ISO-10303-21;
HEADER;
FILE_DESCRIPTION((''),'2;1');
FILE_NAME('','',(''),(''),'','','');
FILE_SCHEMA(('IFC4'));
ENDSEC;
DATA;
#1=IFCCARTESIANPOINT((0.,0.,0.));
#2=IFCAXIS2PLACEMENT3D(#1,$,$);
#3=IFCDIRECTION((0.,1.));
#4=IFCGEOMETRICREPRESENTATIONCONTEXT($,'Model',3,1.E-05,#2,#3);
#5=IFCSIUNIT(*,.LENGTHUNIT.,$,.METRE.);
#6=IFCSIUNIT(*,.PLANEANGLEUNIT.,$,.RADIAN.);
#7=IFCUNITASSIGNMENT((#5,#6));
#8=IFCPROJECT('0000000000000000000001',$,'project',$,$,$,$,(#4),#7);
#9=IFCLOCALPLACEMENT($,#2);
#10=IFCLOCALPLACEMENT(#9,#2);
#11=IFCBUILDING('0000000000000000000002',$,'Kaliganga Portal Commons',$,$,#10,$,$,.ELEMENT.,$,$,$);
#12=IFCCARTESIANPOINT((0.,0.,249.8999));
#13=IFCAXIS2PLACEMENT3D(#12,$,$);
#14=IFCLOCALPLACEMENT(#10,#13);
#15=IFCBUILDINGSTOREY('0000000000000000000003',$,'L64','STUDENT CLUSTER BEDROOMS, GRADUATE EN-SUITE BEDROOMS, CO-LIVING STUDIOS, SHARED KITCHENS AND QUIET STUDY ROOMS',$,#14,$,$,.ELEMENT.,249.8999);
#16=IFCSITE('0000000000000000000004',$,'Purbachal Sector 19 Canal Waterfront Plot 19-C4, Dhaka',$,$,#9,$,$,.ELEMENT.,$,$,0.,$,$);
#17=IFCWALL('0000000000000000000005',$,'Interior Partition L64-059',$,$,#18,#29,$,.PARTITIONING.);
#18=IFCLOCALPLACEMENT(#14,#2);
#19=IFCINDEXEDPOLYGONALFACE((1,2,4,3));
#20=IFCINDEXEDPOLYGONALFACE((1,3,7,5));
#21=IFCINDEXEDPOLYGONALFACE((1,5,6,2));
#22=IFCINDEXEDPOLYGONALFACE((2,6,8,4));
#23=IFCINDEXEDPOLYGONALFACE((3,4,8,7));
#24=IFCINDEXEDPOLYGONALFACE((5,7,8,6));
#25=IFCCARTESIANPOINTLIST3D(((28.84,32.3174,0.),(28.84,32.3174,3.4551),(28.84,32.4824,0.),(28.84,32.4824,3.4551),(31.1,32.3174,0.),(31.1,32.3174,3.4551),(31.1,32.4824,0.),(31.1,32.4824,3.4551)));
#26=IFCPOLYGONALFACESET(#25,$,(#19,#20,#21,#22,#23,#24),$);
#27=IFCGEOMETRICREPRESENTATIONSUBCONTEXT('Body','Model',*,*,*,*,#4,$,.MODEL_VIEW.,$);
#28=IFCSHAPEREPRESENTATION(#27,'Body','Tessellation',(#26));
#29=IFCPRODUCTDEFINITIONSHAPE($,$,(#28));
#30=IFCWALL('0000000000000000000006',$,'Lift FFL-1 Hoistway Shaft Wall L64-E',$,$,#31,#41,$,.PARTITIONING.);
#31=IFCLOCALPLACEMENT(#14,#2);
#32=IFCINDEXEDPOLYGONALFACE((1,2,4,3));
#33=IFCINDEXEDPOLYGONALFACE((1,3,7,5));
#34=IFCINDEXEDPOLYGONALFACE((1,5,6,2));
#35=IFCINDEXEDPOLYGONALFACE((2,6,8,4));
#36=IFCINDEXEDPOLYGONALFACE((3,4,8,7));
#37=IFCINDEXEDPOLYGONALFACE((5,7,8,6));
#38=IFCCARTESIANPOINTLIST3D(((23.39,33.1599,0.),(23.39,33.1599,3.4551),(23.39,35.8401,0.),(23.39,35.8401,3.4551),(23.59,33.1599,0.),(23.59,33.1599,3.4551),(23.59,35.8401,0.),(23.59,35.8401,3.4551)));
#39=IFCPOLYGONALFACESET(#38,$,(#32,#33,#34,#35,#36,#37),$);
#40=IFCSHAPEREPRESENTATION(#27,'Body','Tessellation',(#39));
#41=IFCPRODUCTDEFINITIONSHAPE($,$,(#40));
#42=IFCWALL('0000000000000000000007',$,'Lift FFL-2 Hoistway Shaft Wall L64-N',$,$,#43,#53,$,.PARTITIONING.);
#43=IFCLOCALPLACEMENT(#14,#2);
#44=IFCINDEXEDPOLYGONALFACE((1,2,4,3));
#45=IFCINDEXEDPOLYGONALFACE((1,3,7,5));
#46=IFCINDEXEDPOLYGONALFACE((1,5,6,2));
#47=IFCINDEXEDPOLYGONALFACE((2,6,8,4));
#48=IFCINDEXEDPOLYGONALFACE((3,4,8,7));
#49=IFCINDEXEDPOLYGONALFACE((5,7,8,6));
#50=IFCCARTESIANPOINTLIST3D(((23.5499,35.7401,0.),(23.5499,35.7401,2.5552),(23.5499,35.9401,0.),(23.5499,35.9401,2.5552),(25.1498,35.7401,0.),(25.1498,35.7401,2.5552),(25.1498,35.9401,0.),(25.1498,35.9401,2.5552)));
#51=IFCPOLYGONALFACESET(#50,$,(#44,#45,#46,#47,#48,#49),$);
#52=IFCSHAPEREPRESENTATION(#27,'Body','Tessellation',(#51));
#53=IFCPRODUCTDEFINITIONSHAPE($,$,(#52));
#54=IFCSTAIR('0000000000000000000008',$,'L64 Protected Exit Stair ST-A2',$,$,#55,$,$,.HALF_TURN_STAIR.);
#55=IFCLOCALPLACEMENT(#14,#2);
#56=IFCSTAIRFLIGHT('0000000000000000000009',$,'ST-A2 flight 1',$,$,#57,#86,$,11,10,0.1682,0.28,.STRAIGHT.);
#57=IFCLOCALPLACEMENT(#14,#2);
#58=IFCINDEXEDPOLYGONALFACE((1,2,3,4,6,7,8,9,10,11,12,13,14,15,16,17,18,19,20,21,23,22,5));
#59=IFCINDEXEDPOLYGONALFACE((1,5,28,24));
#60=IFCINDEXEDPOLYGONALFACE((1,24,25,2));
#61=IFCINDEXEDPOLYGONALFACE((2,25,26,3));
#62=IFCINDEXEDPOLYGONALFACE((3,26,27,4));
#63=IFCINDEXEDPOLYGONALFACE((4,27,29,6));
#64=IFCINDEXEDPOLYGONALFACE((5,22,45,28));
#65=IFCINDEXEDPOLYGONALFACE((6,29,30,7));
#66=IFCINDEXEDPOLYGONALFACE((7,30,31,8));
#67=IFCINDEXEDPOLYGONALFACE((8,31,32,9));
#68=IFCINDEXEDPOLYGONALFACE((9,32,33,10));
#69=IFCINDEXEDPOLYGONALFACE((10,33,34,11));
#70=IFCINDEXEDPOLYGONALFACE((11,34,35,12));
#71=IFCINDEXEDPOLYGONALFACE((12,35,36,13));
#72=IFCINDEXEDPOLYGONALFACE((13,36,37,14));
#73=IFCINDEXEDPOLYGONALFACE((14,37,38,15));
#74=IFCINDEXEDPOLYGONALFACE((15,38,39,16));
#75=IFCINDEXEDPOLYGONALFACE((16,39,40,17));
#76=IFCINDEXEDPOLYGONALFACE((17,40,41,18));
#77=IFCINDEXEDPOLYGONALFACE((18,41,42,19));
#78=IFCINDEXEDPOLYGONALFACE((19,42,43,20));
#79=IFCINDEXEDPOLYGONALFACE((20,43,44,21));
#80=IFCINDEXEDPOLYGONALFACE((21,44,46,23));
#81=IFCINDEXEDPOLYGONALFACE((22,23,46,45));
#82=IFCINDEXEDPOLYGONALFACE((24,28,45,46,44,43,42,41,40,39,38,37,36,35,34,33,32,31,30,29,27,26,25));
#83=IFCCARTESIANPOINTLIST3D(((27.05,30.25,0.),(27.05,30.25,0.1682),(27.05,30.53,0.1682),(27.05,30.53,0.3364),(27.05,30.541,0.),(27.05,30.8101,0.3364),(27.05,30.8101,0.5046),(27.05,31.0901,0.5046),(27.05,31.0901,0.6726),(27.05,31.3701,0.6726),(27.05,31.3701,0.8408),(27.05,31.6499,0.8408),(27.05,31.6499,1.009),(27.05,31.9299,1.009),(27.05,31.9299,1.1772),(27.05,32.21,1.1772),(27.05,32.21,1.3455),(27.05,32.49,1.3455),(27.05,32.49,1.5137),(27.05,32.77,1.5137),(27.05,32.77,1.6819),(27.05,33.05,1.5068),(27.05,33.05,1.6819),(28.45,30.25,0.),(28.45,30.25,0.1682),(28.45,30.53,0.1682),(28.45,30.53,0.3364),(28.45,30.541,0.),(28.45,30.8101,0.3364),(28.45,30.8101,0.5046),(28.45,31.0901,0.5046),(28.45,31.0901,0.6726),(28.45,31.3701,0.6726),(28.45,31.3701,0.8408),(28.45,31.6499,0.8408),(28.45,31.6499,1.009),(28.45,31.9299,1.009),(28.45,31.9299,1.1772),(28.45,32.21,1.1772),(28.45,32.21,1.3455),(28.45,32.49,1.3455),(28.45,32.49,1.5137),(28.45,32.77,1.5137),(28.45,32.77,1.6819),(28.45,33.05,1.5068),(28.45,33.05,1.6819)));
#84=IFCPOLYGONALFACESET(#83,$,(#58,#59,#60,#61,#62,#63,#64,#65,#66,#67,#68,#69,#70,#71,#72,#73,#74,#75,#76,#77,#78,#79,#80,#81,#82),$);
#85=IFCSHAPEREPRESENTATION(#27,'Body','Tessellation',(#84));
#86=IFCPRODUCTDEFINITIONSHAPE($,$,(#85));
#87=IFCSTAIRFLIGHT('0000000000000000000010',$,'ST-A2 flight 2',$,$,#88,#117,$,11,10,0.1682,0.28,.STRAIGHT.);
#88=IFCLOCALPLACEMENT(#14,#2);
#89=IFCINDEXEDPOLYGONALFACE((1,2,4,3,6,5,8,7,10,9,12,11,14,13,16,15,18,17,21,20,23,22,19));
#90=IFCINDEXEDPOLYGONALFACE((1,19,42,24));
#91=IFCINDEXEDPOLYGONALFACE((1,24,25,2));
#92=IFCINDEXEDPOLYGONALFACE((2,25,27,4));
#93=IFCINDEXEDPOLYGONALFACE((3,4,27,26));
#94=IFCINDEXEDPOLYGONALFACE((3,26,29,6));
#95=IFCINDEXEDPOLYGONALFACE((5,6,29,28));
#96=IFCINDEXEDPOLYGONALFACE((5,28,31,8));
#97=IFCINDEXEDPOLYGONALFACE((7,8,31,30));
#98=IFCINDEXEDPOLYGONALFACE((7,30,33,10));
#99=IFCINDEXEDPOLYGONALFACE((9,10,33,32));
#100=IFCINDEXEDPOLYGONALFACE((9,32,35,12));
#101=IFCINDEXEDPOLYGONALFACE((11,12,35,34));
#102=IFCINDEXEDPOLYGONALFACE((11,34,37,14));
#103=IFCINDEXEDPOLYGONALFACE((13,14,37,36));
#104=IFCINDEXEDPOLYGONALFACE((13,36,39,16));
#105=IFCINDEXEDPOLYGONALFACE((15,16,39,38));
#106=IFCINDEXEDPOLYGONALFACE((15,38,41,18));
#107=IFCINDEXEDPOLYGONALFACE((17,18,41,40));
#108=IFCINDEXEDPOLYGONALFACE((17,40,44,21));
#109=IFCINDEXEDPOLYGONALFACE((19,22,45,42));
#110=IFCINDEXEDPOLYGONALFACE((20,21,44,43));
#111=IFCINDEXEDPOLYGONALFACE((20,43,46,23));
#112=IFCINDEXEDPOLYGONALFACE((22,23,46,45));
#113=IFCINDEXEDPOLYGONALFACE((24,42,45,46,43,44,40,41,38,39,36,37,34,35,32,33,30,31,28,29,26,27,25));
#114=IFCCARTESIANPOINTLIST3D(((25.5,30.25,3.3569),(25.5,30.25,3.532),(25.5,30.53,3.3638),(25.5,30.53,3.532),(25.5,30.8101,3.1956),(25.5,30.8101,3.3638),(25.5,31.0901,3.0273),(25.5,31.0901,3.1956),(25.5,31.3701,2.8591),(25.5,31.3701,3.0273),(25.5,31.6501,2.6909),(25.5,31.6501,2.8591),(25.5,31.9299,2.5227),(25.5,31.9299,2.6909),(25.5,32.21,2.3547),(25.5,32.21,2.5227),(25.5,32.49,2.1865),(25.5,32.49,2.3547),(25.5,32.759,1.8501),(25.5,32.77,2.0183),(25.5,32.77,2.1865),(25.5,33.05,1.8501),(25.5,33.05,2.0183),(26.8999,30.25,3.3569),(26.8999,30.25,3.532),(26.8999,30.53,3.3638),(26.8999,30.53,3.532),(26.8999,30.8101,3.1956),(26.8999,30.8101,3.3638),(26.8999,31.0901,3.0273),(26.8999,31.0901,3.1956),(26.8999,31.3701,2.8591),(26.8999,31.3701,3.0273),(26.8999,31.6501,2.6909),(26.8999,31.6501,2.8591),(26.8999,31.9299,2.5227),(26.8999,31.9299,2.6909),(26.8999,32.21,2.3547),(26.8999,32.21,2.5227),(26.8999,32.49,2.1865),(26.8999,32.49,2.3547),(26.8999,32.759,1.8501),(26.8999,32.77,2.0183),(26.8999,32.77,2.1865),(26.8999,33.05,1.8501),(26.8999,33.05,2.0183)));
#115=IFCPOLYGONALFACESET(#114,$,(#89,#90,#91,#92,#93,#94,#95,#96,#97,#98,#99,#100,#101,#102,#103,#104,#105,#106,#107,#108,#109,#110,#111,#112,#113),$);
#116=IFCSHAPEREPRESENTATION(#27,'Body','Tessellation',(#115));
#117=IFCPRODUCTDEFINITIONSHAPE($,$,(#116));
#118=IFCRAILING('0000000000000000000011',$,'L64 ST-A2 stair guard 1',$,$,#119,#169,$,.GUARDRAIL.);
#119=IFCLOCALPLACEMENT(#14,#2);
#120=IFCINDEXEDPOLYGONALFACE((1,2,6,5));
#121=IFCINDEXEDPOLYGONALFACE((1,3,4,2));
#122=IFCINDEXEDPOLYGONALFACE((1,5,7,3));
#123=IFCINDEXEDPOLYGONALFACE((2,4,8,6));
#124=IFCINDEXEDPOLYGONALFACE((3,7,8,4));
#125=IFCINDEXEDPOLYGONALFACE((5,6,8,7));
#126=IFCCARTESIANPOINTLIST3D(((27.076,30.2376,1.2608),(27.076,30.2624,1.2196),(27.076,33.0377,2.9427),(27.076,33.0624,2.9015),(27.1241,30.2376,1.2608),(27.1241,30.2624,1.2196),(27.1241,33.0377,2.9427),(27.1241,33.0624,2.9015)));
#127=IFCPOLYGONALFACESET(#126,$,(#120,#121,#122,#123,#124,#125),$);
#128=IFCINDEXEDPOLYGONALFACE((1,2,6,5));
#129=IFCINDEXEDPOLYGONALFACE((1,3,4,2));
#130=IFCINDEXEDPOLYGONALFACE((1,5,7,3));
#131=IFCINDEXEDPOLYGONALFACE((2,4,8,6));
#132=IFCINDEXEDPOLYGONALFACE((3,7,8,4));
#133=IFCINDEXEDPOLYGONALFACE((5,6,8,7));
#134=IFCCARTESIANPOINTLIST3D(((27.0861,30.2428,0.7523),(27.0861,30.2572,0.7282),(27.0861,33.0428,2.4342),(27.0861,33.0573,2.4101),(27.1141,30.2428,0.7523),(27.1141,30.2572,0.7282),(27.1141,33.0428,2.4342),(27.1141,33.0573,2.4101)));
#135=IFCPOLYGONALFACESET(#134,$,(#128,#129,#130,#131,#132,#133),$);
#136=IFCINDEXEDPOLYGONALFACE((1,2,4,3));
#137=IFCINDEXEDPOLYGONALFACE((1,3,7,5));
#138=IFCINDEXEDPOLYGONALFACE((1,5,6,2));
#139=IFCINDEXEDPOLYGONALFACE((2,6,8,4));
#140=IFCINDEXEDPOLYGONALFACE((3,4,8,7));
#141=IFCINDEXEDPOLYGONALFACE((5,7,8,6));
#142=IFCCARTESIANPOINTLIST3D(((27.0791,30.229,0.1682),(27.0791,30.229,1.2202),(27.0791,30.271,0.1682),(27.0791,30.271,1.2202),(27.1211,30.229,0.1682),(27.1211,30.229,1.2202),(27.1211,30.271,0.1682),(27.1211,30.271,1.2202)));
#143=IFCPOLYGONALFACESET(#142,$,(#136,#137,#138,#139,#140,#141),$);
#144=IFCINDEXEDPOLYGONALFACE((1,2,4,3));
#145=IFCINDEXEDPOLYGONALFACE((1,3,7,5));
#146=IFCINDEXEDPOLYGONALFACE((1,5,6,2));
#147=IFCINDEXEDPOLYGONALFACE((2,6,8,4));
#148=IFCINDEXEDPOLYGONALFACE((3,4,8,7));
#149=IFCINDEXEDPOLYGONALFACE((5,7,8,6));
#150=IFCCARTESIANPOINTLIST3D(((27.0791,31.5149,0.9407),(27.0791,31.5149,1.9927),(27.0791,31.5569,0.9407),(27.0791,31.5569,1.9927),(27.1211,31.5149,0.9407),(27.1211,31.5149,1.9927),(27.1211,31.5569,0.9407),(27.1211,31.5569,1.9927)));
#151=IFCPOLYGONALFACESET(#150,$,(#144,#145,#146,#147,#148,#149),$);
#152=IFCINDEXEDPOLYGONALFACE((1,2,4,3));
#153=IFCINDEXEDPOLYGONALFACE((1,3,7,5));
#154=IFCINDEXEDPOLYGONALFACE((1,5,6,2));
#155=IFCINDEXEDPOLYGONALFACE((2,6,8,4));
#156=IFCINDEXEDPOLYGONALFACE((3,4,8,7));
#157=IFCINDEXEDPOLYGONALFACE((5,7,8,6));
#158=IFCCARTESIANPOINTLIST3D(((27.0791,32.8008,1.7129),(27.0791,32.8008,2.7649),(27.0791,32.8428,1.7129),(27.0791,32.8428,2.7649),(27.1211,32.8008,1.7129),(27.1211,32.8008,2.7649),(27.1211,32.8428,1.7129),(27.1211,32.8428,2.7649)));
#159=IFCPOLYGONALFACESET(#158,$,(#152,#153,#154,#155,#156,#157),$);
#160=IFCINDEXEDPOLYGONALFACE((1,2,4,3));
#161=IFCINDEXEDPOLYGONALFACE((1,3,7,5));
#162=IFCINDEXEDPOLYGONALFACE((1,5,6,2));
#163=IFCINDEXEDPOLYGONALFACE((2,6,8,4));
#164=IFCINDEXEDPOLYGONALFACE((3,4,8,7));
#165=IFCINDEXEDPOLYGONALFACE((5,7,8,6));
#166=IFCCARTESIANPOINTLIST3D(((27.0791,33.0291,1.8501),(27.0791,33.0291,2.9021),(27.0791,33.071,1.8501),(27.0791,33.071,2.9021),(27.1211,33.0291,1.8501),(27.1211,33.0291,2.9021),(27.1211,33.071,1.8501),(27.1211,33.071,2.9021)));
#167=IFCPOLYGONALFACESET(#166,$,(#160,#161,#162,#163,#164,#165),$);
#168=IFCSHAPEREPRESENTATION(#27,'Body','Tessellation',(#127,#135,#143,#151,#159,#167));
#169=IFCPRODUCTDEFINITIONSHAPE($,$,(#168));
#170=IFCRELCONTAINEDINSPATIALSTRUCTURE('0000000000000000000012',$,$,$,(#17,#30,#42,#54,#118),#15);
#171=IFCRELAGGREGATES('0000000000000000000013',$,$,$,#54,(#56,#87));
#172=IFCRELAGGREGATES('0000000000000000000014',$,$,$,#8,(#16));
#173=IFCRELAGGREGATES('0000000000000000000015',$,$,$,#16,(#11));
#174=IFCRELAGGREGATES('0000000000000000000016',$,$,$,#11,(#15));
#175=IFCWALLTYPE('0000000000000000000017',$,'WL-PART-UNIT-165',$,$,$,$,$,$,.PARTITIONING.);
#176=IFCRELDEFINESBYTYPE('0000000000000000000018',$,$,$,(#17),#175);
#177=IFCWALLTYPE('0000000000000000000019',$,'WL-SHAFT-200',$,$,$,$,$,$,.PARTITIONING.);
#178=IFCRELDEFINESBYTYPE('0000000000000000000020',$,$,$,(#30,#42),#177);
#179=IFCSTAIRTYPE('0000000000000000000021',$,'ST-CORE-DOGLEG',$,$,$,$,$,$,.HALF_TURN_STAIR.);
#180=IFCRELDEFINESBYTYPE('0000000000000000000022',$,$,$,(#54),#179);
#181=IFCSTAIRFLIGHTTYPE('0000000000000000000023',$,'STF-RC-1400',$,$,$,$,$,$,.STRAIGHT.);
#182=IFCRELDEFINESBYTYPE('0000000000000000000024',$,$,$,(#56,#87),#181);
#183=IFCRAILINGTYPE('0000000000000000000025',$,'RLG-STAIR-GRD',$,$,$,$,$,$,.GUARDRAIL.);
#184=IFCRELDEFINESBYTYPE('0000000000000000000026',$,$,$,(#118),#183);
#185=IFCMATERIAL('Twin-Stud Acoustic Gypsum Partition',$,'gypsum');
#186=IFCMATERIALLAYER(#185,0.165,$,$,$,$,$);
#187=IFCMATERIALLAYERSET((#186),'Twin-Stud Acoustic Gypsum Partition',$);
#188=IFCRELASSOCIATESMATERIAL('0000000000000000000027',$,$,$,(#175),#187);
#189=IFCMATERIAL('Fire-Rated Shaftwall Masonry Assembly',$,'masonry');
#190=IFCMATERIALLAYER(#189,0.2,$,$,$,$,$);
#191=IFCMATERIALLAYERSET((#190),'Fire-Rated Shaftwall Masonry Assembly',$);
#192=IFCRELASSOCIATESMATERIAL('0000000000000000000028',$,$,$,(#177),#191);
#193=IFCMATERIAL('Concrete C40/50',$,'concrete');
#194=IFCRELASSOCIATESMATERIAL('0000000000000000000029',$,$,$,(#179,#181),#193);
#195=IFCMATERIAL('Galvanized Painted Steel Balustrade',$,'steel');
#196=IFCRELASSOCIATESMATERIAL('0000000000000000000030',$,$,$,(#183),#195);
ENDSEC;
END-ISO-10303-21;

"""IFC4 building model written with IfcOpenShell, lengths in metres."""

from ifc_helpers import new_model, si_unit, direction, frame, frame_2d, origin, origin_2d, place, context, subcontext, project, spatial, polyline, rectangle, outline, extrude, material, layer, layer_set, type_object, element, aggregate, save


model = new_model("IFC4")

# Units and contexts
model_context = context("Model", 3, precision=1e-05, world=origin(), true_north=direction((0.0, 1.0)))
body_context = subcontext(model_context, "Body", "Model", "MODEL_VIEW")
ifc_project = project(units=[si_unit("LENGTHUNIT", "METRE"), si_unit("PLANEANGLEUNIT", "RADIAN")], contexts=[model_context])

# Site, building, storey
site_placement = place(None, origin())
site = spatial("IfcSite", under=ifc_project, at=site_placement, Name="Purbachal Sector 19 Canal Waterfront Plot 19-C4, Dhaka", CompositionType="ELEMENT", RefElevation=0.0)
building_placement = place(site_placement, origin())
building = spatial("IfcBuilding", under=site, at=building_placement, Name="Kaliganga Portal Commons", CompositionType="ELEMENT")
storey_placement = place(building_placement, frame((0.0, 0.0, 249.8999)))
storey = spatial("IfcBuildingStorey", under=building, at=storey_placement, Name="L64", Description="STUDENT CLUSTER BEDROOMS, GRADUATE EN-SUITE BEDROOMS, CO-LIVING STUDIOS, SHARED KITCHENS AND QUIET STUDY ROOMS", CompositionType="ELEMENT", Elevation=249.8999)

# Walls
ifc_material_1 = material(Name="Twin-Stud Acoustic Gypsum Partition", Category="gypsum")
ifc_layer_1 = layer(ifc_material_1, 0.165)
ifc_layer_set_1 = layer_set([ifc_layer_1], Name="Twin-Stud Acoustic Gypsum Partition")
wall_type_1 = type_object("IfcWallType", Name="WL-PART-UNIT-165", PredefinedType="PARTITIONING", material=ifc_layer_set_1)
wall_1_placement = place(storey_placement, frame((28.8401, 32.3999, 0.0), z_axis=(0.0, 0.0, 1.0), x_axis=(1.0, 0.0, 0.0)))
element("IfcWall", 1, at=wall_1_placement, inside=storey, type_object=wall_type_1, Name="Interior Partition L64-059", PredefinedType="PARTITIONING", context=body_context, shape_type="SweptSolid", body=[
    extrude(rectangle(XDim=2.26, YDim=0.165, at=frame_2d((1.1299, 0.0))), origin(), (0.0, 0.0, 1.0), 3.4551),
])
ifc_material_2 = material(Name="Fire-Rated Shaftwall Masonry Assembly", Category="masonry")
ifc_layer_2 = layer(ifc_material_2, 0.2)
ifc_layer_set_2 = layer_set([ifc_layer_2], Name="Fire-Rated Shaftwall Masonry Assembly")
wall_type_2 = type_object("IfcWallType", Name="WL-SHAFT-200", PredefinedType="PARTITIONING", material=ifc_layer_set_2)
wall_2_placement = place(storey_placement, frame((23.49, 33.1599, 0.0), z_axis=(0.0, 0.0, 1.0), x_axis=(0.0, 1.0, 0.0)))
element("IfcWall", 2, at=wall_2_placement, inside=storey, type_object=wall_type_2, Name="Lift FFL-1 Hoistway Shaft Wall L64-E", PredefinedType="PARTITIONING", context=body_context, shape_type="SweptSolid", body=[
    extrude(rectangle(XDim=2.6802, YDim=0.2, at=frame_2d((1.3401, 0.0))), origin(), (0.0, 0.0, 1.0), 3.4551),
])

# Wall
wall_3_placement = place(storey_placement, frame((23.55, 35.8401, 0.0), z_axis=(0.0, 0.0, 1.0), x_axis=(1.0, 0.0, 0.0)))
element("IfcWall", 3, at=wall_3_placement, inside=storey, type_object=wall_type_2, Name="Lift FFL-2 Hoistway Shaft Wall L64-N", PredefinedType="PARTITIONING", context=body_context, shape_type="SweptSolid", body=[
    extrude(rectangle(XDim=1.5999, YDim=0.2, at=frame_2d((0.7998, 0.0))), origin(), (0.0, 0.0, 1.0), 2.5552),
])

# Stair, stair flights
ifc_material_3 = material(Name="Concrete C40/50", Category="concrete")
stair_type = type_object("IfcStairType", Name="ST-CORE-DOGLEG", PredefinedType="HALF_TURN_STAIR", material=ifc_material_3)
stair_placement = place(storey_placement, origin())
stair = element("IfcStair", 4, at=stair_placement, inside=storey, type_object=stair_type, Name="L64 Protected Exit Stair ST-A2", PredefinedType="HALF_TURN_STAIR")
stair_flight_type = type_object("IfcStairFlightType", Name="STF-RC-1400", PredefinedType="STRAIGHT", material=ifc_material_3)
stair_flight_1_placement = place(storey_placement, frame((27.75, 30.25, 0.0), z_axis=(0.0, 0.0, 1.0), x_axis=(0.0, 1.0, 0.0)))
stair_flight_1 = element("IfcStairFlight", 5, at=stair_flight_1_placement, type_object=stair_flight_type, Name="ST-A2 flight 1", NumberOfRisers=11, NumberOfTreads=10, PredefinedType="STRAIGHT", RiserHeight=0.1682, TreadLength=0.28, context=body_context, shape_type="SweptSolid", body=[
    extrude(outline(polyline([(0.0, 0.0), (0.0, 0.1682), (0.28, 0.1682), (0.28, 0.3364), (0.5601, 0.3364), (0.5601, 0.5046), (0.8401, 0.5046), (0.8401, 0.6726), (1.1201, 0.6726), (1.1201, 0.8408), (1.3999, 0.8408), (1.3999, 1.009), (1.6799, 1.009), (1.6799, 1.1772), (1.96, 1.1772), (1.96, 1.3455), (2.24, 1.3455), (2.24, 1.5137), (2.52, 1.5137), (2.52, 1.6819), (2.8, 1.6819), (2.8, 1.8501), (2.8, 1.5068), (0.291, 0.0), (0.0, 0.0)])), frame((0.0, 0.7, 0.0), z_axis=(0.0, -1.0, 0.0), x_axis=(1.0, 0.0, 0.0)), (0.0, 0.0, 1.0), 1.3999),
])
stair_flight_2_placement = place(storey_placement, frame((26.2, 33.05, 1.8501), z_axis=(0.0, 0.0, 1.0), x_axis=(0.0, -1.0, 0.0)))
stair_flight_2 = element("IfcStairFlight", 6, at=stair_flight_2_placement, type_object=stair_flight_type, Name="ST-A2 flight 2", NumberOfRisers=11, NumberOfTreads=10, PredefinedType="STRAIGHT", RiserHeight=0.1682, TreadLength=0.28, context=body_context, shape_type="SweptSolid", body=[
    extrude(outline(polyline([(0.0, 0.0), (0.0, 0.1682), (0.28, 0.1682), (0.28, 0.3364), (0.5601, 0.3364), (0.5601, 0.5046), (0.8401, 0.5046), (0.8401, 0.6726), (1.1201, 0.6726), (1.1201, 0.8408), (1.3999, 0.8408), (1.3999, 1.009), (1.6799, 1.009), (1.6799, 1.1772), (1.96, 1.1772), (1.96, 1.3455), (2.24, 1.3455), (2.24, 1.5137), (2.52, 1.5137), (2.52, 1.6819), (2.8, 1.6819), (2.8, 1.8501), (2.8, 1.5068), (0.291, 0.0), (0.0, 0.0)])), frame((0.0, 0.7, 0.0), z_axis=(0.0, -1.0, 0.0), x_axis=(1.0, 0.0, 0.0)), (0.0, 0.0, 1.0), 1.3999),
])
aggregate(stair, [stair_flight_1, stair_flight_2])

# Railing
ifc_material_4 = material(Name="Galvanized Painted Steel Balustrade", Category="steel")
railing_type_1 = type_object("IfcRailingType", Name="RLG-STAIR-GRD", PredefinedType="GUARDRAIL", material=ifc_material_4)
railing_1_placement = place(storey_placement, frame((27.1001, 30.25, 0.1682)))
element("IfcRailing", 7, at=railing_1_placement, inside=storey, type_object=railing_type_1, Name="L64 ST-A2 stair guard 1", PredefinedType="GUARDRAIL", context=body_context, shape_type="SweptSolid", body=[
    extrude(rectangle(XDim=0.0481, YDim=0.0481, at=origin_2d()), frame((0.0, 0.0, 1.072), z_axis=(0.0, 0.857242, 0.514913), x_axis=(-1.0, 0.0, 0.0)), (0.0, 0.0, 1.0), 3.2664),
    extrude(rectangle(XDim=0.0281, YDim=0.0281, at=origin_2d()), frame((0.0, 0.0, 0.572), z_axis=(0.0, 0.857242, 0.514913), x_axis=(-1.0, 0.0, 0.0)), (0.0, 0.0, 1.0), 3.2664),
    extrude(rectangle(XDim=0.042, YDim=0.042, at=origin_2d()), origin(), (0.0, 0.0, 1.0), 1.052),
    extrude(rectangle(XDim=0.042, YDim=0.042, at=origin_2d()), frame((0.0, 1.2859, 0.7725)), (0.0, 0.0, 1.0), 1.052),
    extrude(rectangle(XDim=0.042, YDim=0.042, at=origin_2d()), frame((0.0, 2.5718, 1.5447)), (0.0, 0.0, 1.0), 1.052),
    extrude(rectangle(XDim=0.042, YDim=0.042, at=origin_2d()), frame((0.0, 2.8, 1.6819)), (0.0, 0.0, 1.0), 1.052),
])

save(model, "model.ifc")
